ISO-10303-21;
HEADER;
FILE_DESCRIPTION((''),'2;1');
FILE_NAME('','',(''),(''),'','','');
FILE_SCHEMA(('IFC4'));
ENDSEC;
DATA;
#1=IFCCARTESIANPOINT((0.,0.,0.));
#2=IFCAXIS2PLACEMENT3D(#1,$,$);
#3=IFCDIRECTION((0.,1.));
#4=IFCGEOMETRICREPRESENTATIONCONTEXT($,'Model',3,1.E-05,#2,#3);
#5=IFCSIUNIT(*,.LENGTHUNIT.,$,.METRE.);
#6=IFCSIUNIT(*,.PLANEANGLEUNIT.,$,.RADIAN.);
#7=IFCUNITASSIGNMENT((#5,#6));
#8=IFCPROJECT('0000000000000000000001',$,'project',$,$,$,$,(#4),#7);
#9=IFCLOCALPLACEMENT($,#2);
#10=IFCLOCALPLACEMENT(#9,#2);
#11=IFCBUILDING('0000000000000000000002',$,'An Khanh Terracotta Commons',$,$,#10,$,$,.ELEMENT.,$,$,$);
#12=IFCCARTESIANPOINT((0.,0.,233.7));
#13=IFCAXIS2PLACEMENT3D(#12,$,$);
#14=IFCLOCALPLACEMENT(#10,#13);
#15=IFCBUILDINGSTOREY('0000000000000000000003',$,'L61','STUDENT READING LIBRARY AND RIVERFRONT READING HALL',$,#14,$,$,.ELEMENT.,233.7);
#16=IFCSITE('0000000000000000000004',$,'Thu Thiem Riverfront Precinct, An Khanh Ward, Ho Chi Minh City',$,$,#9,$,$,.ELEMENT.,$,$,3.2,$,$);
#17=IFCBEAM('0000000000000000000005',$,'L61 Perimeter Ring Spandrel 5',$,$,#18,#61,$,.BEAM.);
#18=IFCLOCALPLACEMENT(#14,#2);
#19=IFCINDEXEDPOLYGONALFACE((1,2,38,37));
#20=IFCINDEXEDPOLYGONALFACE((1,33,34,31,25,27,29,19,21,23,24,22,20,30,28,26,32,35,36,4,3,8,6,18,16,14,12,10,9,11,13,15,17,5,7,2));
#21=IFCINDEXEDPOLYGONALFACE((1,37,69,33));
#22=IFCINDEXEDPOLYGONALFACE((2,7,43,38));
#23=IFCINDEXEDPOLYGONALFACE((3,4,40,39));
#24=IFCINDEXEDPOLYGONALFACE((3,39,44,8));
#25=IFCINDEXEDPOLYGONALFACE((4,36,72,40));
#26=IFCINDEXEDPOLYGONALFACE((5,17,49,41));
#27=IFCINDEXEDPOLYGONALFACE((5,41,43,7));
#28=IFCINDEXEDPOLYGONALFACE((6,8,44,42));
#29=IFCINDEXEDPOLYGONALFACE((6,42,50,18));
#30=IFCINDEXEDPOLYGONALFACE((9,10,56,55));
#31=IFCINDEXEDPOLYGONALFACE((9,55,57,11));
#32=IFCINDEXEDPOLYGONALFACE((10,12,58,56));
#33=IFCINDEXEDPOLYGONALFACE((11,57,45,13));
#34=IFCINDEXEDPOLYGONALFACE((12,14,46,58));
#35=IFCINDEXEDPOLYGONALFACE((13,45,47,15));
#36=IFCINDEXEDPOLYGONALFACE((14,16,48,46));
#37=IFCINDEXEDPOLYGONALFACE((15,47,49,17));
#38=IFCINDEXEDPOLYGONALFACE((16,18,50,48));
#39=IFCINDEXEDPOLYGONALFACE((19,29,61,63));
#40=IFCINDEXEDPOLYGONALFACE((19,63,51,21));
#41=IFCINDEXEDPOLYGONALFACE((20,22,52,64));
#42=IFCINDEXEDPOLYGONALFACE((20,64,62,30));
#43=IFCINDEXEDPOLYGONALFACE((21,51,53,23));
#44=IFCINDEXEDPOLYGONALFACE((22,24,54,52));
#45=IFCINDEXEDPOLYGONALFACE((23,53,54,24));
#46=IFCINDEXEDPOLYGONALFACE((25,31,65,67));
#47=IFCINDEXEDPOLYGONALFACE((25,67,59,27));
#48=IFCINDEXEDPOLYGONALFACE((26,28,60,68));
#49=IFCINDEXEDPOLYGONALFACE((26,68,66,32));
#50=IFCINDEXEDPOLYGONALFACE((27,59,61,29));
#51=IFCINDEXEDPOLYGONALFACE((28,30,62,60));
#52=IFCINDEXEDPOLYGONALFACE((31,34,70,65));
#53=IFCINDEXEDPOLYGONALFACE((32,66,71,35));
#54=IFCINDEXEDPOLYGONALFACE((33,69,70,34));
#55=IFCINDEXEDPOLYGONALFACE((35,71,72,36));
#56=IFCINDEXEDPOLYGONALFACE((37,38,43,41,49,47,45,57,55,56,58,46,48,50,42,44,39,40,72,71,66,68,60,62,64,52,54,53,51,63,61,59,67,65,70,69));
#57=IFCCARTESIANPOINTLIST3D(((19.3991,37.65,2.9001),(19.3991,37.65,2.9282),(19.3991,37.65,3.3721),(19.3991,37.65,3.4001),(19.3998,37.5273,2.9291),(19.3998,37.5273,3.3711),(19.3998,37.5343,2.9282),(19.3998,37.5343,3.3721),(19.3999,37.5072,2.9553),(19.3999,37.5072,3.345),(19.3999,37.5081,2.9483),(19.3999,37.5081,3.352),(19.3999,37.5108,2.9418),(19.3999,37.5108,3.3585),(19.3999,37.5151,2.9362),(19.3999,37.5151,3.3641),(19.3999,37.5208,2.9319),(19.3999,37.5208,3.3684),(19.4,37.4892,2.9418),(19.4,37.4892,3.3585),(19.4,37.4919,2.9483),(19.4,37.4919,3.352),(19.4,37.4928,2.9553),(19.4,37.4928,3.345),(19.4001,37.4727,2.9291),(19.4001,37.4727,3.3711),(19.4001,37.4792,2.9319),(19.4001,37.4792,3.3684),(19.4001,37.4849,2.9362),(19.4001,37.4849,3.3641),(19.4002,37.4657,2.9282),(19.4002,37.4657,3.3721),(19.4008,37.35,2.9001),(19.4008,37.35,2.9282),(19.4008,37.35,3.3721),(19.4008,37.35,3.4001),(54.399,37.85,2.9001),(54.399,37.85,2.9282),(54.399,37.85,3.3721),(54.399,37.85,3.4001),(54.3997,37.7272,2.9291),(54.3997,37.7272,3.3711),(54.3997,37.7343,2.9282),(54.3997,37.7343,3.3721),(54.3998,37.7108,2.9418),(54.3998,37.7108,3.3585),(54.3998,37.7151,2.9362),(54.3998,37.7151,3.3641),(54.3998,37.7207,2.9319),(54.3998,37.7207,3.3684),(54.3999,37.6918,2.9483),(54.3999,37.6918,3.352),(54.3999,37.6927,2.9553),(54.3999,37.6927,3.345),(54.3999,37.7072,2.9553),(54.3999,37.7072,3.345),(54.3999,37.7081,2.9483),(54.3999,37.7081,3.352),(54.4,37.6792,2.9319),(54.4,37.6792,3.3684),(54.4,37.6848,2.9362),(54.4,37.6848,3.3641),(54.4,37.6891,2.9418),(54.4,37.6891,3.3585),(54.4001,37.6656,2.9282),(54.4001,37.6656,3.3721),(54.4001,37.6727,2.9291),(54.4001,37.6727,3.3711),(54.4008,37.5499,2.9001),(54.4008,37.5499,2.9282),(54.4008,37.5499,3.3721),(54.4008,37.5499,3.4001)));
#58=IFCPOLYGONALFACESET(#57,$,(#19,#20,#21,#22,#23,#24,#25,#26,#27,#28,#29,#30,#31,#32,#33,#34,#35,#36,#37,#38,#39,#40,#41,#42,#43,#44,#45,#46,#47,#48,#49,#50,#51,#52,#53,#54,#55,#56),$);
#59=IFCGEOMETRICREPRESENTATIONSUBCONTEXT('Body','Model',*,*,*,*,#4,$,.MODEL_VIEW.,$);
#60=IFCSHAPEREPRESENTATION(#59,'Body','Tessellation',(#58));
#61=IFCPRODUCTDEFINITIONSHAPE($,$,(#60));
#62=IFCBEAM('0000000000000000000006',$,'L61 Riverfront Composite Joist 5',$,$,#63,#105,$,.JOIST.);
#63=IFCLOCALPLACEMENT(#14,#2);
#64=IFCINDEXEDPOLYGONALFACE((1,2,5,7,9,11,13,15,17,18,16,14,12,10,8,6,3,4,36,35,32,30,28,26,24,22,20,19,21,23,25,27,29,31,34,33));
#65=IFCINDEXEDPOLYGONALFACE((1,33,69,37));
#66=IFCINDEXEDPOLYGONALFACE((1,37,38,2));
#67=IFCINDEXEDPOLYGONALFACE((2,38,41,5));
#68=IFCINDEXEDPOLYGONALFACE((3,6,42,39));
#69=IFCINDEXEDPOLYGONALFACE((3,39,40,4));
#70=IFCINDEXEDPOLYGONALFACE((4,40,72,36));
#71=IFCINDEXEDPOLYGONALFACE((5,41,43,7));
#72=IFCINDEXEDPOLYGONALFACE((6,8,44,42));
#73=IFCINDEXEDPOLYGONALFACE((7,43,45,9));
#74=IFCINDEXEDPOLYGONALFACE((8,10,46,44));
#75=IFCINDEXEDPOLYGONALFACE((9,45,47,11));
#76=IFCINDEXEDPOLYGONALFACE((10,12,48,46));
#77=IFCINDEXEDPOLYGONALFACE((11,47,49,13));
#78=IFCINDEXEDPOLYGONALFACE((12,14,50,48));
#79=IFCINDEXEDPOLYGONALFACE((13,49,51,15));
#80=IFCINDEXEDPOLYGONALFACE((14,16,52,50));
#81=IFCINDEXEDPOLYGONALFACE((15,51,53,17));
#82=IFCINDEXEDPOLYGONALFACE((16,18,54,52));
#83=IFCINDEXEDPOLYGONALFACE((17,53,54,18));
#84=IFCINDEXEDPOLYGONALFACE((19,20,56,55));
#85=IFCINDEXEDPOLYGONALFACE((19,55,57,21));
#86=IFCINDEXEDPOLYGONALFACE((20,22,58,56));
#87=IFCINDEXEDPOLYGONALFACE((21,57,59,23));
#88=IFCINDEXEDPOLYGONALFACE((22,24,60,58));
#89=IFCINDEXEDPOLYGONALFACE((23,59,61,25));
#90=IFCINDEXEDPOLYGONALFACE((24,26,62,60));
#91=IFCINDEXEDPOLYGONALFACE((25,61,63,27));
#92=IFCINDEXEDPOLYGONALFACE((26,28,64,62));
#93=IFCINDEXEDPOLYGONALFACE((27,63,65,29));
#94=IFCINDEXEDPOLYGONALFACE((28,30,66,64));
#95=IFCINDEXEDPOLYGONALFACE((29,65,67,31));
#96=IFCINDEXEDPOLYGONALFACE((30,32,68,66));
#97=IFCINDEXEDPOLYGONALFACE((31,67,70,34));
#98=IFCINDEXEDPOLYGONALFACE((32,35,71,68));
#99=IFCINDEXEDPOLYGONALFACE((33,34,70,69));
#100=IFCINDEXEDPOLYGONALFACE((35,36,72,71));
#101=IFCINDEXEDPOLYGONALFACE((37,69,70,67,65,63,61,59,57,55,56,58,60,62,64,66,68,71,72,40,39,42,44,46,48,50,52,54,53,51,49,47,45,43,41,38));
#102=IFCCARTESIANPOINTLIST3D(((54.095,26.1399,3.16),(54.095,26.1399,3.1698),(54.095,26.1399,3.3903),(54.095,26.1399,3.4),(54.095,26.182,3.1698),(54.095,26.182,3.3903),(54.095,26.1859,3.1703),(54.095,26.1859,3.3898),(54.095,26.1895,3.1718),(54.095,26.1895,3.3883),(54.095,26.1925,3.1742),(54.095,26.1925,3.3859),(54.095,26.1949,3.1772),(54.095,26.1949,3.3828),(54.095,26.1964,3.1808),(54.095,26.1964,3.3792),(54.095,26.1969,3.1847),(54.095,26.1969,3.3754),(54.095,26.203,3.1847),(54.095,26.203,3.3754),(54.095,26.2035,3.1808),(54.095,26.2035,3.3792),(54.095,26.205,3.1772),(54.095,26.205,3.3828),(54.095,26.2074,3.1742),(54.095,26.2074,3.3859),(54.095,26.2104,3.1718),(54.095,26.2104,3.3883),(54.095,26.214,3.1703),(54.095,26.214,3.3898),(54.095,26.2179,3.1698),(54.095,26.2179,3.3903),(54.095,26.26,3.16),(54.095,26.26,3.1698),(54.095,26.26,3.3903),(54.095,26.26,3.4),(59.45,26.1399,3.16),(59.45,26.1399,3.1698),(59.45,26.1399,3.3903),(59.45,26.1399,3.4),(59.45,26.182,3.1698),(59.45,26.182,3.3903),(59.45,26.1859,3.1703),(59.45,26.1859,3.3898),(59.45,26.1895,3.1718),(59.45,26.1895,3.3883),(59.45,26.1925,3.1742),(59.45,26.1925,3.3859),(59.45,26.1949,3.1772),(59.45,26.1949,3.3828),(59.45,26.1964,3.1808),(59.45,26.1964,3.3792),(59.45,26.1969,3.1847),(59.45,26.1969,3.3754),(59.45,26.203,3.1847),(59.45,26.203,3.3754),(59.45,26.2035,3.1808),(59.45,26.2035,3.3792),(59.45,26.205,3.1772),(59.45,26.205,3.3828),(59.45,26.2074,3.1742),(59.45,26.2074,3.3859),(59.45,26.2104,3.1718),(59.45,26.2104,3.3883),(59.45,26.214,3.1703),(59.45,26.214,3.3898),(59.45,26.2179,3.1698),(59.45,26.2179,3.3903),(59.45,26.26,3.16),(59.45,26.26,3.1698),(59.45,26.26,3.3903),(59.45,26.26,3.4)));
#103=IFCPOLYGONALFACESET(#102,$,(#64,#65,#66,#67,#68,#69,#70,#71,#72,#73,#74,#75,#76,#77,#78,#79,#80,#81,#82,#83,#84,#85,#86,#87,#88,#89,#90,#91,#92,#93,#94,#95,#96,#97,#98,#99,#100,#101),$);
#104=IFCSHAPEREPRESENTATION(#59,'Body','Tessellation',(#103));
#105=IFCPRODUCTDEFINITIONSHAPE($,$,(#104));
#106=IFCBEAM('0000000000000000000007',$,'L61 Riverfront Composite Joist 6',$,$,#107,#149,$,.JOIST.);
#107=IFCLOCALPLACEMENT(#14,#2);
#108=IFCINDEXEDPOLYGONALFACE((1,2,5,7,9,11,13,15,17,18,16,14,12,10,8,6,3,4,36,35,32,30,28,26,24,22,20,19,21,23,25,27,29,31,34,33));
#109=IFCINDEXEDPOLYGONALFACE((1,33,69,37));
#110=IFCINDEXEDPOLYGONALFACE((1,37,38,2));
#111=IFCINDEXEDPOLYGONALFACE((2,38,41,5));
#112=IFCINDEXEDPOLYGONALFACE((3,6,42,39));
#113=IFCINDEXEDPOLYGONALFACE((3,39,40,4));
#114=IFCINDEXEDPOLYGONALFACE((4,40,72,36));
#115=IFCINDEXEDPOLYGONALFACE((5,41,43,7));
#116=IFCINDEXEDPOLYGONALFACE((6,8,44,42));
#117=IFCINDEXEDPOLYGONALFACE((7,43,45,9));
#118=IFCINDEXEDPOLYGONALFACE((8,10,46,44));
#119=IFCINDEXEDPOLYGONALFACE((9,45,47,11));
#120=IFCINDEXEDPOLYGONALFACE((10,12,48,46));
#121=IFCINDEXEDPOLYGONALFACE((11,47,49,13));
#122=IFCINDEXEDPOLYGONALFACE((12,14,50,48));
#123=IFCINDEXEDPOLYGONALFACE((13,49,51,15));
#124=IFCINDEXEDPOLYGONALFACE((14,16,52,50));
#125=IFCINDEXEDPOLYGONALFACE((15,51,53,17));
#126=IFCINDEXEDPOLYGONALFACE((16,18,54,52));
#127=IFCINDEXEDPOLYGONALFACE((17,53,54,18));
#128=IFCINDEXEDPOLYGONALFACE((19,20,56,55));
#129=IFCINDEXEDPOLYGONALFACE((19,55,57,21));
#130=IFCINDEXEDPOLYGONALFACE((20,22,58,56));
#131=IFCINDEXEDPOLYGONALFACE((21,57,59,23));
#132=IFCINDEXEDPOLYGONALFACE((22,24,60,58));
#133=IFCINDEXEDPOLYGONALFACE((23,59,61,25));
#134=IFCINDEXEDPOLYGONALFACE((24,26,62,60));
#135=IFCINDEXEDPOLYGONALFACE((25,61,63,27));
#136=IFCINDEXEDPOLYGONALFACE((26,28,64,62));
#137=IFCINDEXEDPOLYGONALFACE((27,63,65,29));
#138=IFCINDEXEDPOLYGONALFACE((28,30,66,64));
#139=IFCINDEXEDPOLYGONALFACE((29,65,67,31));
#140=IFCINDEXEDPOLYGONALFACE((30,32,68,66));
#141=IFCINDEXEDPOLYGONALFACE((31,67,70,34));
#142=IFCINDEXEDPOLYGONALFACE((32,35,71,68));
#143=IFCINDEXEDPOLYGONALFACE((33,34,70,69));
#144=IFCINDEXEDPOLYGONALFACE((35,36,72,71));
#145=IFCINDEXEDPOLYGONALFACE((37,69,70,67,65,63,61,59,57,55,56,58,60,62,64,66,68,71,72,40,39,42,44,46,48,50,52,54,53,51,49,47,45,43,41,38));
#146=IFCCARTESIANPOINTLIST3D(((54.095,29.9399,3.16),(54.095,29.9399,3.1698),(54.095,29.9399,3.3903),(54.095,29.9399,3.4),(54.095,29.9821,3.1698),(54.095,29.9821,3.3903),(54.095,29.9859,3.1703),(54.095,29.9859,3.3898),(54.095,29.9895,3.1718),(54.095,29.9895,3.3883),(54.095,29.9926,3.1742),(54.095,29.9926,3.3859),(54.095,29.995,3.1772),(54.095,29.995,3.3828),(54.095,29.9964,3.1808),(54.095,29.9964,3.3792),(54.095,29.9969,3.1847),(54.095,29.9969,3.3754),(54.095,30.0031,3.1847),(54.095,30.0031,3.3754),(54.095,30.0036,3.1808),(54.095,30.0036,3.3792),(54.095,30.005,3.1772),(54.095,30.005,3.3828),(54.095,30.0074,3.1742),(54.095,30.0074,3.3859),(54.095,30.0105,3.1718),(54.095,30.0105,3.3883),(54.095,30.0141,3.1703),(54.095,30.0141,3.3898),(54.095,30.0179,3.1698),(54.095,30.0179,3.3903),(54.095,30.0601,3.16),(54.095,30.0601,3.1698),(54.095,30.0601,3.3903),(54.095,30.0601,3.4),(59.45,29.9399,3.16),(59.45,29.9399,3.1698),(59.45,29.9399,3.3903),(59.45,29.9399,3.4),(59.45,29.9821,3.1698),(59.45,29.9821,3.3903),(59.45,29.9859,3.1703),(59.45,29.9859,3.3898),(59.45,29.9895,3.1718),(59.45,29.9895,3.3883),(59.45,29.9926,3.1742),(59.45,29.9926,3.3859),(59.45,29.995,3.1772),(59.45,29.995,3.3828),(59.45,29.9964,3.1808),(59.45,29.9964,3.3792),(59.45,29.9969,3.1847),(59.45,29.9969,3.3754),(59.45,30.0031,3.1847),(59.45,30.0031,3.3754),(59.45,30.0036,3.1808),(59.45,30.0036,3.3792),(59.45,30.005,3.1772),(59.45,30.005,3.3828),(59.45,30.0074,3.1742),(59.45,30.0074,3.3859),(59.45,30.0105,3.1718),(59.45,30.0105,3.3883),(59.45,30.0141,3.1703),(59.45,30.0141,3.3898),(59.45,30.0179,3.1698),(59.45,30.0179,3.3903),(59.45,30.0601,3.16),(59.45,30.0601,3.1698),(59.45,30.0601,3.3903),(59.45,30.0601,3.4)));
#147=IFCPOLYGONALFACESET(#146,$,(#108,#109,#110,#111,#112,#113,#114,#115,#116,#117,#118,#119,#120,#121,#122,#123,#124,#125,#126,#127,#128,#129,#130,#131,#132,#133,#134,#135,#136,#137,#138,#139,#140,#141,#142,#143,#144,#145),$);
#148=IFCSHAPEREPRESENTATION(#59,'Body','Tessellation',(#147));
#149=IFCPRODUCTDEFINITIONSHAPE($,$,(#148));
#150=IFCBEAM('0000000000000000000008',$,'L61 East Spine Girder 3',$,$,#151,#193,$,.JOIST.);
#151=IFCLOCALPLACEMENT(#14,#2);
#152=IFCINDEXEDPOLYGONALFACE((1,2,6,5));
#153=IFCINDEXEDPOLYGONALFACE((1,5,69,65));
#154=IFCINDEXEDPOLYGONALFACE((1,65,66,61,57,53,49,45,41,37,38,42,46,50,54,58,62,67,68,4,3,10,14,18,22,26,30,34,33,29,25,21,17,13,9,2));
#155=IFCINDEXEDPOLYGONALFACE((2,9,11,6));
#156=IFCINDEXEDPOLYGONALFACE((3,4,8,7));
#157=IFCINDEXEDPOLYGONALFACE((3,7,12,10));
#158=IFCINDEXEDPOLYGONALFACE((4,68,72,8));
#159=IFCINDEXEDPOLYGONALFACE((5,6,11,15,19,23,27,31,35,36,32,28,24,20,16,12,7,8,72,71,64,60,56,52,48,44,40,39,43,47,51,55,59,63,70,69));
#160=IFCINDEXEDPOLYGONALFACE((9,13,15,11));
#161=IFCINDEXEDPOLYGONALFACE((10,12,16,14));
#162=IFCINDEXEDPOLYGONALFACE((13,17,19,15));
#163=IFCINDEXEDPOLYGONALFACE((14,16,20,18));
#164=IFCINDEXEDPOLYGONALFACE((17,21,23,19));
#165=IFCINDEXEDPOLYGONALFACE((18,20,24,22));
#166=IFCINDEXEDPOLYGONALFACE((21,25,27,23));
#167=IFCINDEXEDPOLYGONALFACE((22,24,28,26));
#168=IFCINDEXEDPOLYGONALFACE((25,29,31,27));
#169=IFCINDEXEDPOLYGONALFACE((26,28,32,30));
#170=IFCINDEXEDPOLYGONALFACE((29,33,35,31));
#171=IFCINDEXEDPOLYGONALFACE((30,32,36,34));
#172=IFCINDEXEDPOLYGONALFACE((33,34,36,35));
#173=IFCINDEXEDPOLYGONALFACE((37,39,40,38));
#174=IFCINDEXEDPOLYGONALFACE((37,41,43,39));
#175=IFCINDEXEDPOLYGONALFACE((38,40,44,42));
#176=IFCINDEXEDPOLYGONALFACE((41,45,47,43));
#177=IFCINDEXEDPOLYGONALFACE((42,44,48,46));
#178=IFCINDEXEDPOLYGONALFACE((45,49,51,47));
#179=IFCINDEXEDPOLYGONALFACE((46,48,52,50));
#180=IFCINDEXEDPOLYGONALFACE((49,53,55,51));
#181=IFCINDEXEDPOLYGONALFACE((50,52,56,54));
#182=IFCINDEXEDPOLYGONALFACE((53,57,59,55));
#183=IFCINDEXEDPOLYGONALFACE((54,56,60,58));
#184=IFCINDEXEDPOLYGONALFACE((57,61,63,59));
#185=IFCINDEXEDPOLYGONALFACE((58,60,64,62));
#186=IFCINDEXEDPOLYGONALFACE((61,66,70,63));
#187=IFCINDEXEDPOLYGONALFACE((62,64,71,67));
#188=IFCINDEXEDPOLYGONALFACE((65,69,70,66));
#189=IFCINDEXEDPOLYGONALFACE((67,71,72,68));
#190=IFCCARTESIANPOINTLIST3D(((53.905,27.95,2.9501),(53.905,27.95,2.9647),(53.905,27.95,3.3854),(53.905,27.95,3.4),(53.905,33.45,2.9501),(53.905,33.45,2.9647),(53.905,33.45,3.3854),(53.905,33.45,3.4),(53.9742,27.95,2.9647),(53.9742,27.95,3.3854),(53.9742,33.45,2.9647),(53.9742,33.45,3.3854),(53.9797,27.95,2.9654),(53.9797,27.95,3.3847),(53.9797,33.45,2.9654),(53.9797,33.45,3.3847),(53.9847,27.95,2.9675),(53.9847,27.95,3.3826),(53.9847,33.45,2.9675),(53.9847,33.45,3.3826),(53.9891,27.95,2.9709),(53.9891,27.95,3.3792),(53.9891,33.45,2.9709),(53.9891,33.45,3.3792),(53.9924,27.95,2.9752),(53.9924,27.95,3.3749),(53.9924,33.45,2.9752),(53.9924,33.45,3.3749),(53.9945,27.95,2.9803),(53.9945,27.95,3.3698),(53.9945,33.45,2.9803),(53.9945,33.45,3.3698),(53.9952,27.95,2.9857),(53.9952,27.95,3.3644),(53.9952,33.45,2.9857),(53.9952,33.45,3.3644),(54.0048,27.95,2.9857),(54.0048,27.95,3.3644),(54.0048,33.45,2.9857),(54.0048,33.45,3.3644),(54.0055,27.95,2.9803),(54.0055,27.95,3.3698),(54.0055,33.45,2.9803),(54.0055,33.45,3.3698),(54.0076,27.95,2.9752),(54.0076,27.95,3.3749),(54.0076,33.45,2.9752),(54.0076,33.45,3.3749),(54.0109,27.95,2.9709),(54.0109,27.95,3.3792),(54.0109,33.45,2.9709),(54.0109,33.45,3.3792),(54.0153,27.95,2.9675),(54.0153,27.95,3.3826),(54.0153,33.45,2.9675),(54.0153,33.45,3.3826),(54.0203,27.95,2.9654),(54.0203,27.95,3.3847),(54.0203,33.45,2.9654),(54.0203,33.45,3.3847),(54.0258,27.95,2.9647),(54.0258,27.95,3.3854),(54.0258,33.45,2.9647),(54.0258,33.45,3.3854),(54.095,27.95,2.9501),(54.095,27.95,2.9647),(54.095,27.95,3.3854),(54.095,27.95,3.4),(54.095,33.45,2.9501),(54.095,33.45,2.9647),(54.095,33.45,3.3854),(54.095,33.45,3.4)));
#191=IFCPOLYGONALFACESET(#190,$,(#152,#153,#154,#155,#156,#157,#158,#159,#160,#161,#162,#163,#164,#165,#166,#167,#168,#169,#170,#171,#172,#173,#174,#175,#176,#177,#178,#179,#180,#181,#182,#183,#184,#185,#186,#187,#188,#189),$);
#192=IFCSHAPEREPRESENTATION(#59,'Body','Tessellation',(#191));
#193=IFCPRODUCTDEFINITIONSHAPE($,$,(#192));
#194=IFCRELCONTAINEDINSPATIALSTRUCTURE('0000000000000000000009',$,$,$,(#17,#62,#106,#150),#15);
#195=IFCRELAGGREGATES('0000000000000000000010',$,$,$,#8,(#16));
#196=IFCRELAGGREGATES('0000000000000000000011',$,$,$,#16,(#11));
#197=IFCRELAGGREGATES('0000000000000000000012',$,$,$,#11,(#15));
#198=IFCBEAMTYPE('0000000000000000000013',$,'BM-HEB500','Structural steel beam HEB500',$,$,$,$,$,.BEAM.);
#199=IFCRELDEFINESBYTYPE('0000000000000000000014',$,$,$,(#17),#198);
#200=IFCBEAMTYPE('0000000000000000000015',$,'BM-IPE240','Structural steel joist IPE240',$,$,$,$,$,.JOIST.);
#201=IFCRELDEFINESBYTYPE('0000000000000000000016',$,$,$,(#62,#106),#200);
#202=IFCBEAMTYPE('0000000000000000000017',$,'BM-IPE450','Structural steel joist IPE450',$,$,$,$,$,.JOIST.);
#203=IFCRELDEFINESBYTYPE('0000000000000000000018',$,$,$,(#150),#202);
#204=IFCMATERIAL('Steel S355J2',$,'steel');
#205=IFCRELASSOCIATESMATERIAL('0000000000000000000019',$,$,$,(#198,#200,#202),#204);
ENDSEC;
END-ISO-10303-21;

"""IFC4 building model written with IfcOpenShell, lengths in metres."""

from ifc_helpers import new_model, si_unit, direction, frame, origin, origin_2d, place, context, subcontext, project, spatial, i_section, extrude, material, material_profile, profile_set, type_object, element, save


model = new_model("IFC4")

# Units and contexts
model_context = context("Model", 3, precision=1e-05, world=origin(), true_north=direction((0.0, 1.0)))
body_context = subcontext(model_context, "Body", "Model", "MODEL_VIEW")
ifc_project = project(units=[si_unit("LENGTHUNIT", "METRE"), si_unit("PLANEANGLEUNIT", "RADIAN")], contexts=[model_context])

# Site, building, storey
site_placement = place(None, origin())
site = spatial("IfcSite", under=ifc_project, at=site_placement, Name="Thu Thiem Riverfront Precinct, An Khanh Ward, Ho Chi Minh City", CompositionType="ELEMENT", RefElevation=3.2)
building_placement = place(site_placement, origin())
building = spatial("IfcBuilding", under=site, at=building_placement, Name="An Khanh Terracotta Commons", CompositionType="ELEMENT")
storey_placement = place(building_placement, frame((0.0, 0.0, 233.7)))
storey = spatial("IfcBuildingStorey", under=building, at=storey_placement, Name="L61", Description="STUDENT READING LIBRARY AND RIVERFRONT READING HALL", CompositionType="ELEMENT", Elevation=233.7)

# Beams
ifc_material_1 = material(Name="Steel S355J2", Category="steel")
ifc_material_profile_1 = material_profile(ifc_material_1, i_section(OverallWidth=0.3, OverallDepth=0.5, WebThickness=0.0144, FlangeThickness=0.0281, FilletRadius=0.0271, at=origin_2d()), Name="HEB500")
ifc_profile_set_1 = profile_set([ifc_material_profile_1], Name="Steel S355J2")
beam_type_1 = type_object("IfcBeamType", Name="BM-HEB500", Description="Structural steel beam HEB500", PredefinedType="BEAM", material=ifc_profile_set_1)
beam_1_placement = place(storey_placement, frame((54.3999, 37.7, 3.1501), z_axis=(-0.999984, -0.005713, 0.0), x_axis=(0.005713, -0.999984, 0.0)))
element("IfcBeam", 1, at=beam_1_placement, inside=storey, type_object=beam_type_1, Name="L61 Perimeter Ring Spandrel 5", PredefinedType="BEAM", context=body_context, shape_type="SweptSolid", body=[
    extrude(i_section(OverallWidth=0.3, OverallDepth=0.5, WebThickness=0.0144, FlangeThickness=0.0281, FilletRadius=0.0271, at=origin_2d()), origin(), (0.0, 0.0, 1.0), 35.0005),
])
ifc_material_profile_2 = material_profile(ifc_material_1, i_section(OverallWidth=0.1201, OverallDepth=0.24, WebThickness=0.0061, FlangeThickness=0.0098, FilletRadius=0.0149, at=origin_2d()), Name="IPE240")
ifc_profile_set_2 = profile_set([ifc_material_profile_2], Name="Steel S355J2")
beam_type_2 = type_object("IfcBeamType", Name="BM-IPE240", Description="Structural steel joist IPE240", PredefinedType="JOIST", material=ifc_profile_set_2)
for number, where, z_axis, x_axis, name in (
    (2, (54.095, 26.2, 3.28), (1.0, 0.0, 0.0), (0.0, 1.0, 0.0), "L61 Riverfront Composite Joist 5"),
    (3, (54.095, 30.0, 3.28), (1.0, 0.0, 0.0), (0.0, 1.0, 0.0), "L61 Riverfront Composite Joist 6"),
):
    element("IfcBeam", number, at=place(storey_placement, frame(where, z_axis=z_axis, x_axis=x_axis)), inside=storey, type_object=beam_type_2, Name=name, PredefinedType="JOIST", context=body_context, shape_type="SweptSolid", body=[
        extrude(i_section(OverallWidth=0.1201, OverallDepth=0.24, WebThickness=0.0061, FlangeThickness=0.0098, FilletRadius=0.0149, at=origin_2d()), origin(), (0.0, 0.0, 1.0), 5.355),
    ])
ifc_material_profile_3 = material_profile(ifc_material_1, i_section(OverallWidth=0.1899, OverallDepth=0.45, WebThickness=0.0095, FlangeThickness=0.0146, FilletRadius=0.021, at=origin_2d()), Name="IPE450")
ifc_profile_set_3 = profile_set([ifc_material_profile_3], Name="Steel S355J2")
beam_type_3 = type_object("IfcBeamType", Name="BM-IPE450", Description="Structural steel joist IPE450", PredefinedType="JOIST", material=ifc_profile_set_3)
beam_2_placement = place(storey_placement, frame((54.0, 27.95, 3.175), z_axis=(0.0, 1.0, 0.0), x_axis=(-1.0, 0.0, 0.0)))
element("IfcBeam", 4, at=beam_2_placement, inside=storey, type_object=beam_type_3, Name="L61 East Spine Girder 3", PredefinedType="JOIST", context=body_context, shape_type="SweptSolid", body=[
    extrude(i_section(OverallWidth=0.1899, OverallDepth=0.45, WebThickness=0.0095, FlangeThickness=0.0146, FilletRadius=0.021, at=origin_2d()), origin(), (0.0, 0.0, 1.0), 5.5),
])

save(model, "model.ifc")
